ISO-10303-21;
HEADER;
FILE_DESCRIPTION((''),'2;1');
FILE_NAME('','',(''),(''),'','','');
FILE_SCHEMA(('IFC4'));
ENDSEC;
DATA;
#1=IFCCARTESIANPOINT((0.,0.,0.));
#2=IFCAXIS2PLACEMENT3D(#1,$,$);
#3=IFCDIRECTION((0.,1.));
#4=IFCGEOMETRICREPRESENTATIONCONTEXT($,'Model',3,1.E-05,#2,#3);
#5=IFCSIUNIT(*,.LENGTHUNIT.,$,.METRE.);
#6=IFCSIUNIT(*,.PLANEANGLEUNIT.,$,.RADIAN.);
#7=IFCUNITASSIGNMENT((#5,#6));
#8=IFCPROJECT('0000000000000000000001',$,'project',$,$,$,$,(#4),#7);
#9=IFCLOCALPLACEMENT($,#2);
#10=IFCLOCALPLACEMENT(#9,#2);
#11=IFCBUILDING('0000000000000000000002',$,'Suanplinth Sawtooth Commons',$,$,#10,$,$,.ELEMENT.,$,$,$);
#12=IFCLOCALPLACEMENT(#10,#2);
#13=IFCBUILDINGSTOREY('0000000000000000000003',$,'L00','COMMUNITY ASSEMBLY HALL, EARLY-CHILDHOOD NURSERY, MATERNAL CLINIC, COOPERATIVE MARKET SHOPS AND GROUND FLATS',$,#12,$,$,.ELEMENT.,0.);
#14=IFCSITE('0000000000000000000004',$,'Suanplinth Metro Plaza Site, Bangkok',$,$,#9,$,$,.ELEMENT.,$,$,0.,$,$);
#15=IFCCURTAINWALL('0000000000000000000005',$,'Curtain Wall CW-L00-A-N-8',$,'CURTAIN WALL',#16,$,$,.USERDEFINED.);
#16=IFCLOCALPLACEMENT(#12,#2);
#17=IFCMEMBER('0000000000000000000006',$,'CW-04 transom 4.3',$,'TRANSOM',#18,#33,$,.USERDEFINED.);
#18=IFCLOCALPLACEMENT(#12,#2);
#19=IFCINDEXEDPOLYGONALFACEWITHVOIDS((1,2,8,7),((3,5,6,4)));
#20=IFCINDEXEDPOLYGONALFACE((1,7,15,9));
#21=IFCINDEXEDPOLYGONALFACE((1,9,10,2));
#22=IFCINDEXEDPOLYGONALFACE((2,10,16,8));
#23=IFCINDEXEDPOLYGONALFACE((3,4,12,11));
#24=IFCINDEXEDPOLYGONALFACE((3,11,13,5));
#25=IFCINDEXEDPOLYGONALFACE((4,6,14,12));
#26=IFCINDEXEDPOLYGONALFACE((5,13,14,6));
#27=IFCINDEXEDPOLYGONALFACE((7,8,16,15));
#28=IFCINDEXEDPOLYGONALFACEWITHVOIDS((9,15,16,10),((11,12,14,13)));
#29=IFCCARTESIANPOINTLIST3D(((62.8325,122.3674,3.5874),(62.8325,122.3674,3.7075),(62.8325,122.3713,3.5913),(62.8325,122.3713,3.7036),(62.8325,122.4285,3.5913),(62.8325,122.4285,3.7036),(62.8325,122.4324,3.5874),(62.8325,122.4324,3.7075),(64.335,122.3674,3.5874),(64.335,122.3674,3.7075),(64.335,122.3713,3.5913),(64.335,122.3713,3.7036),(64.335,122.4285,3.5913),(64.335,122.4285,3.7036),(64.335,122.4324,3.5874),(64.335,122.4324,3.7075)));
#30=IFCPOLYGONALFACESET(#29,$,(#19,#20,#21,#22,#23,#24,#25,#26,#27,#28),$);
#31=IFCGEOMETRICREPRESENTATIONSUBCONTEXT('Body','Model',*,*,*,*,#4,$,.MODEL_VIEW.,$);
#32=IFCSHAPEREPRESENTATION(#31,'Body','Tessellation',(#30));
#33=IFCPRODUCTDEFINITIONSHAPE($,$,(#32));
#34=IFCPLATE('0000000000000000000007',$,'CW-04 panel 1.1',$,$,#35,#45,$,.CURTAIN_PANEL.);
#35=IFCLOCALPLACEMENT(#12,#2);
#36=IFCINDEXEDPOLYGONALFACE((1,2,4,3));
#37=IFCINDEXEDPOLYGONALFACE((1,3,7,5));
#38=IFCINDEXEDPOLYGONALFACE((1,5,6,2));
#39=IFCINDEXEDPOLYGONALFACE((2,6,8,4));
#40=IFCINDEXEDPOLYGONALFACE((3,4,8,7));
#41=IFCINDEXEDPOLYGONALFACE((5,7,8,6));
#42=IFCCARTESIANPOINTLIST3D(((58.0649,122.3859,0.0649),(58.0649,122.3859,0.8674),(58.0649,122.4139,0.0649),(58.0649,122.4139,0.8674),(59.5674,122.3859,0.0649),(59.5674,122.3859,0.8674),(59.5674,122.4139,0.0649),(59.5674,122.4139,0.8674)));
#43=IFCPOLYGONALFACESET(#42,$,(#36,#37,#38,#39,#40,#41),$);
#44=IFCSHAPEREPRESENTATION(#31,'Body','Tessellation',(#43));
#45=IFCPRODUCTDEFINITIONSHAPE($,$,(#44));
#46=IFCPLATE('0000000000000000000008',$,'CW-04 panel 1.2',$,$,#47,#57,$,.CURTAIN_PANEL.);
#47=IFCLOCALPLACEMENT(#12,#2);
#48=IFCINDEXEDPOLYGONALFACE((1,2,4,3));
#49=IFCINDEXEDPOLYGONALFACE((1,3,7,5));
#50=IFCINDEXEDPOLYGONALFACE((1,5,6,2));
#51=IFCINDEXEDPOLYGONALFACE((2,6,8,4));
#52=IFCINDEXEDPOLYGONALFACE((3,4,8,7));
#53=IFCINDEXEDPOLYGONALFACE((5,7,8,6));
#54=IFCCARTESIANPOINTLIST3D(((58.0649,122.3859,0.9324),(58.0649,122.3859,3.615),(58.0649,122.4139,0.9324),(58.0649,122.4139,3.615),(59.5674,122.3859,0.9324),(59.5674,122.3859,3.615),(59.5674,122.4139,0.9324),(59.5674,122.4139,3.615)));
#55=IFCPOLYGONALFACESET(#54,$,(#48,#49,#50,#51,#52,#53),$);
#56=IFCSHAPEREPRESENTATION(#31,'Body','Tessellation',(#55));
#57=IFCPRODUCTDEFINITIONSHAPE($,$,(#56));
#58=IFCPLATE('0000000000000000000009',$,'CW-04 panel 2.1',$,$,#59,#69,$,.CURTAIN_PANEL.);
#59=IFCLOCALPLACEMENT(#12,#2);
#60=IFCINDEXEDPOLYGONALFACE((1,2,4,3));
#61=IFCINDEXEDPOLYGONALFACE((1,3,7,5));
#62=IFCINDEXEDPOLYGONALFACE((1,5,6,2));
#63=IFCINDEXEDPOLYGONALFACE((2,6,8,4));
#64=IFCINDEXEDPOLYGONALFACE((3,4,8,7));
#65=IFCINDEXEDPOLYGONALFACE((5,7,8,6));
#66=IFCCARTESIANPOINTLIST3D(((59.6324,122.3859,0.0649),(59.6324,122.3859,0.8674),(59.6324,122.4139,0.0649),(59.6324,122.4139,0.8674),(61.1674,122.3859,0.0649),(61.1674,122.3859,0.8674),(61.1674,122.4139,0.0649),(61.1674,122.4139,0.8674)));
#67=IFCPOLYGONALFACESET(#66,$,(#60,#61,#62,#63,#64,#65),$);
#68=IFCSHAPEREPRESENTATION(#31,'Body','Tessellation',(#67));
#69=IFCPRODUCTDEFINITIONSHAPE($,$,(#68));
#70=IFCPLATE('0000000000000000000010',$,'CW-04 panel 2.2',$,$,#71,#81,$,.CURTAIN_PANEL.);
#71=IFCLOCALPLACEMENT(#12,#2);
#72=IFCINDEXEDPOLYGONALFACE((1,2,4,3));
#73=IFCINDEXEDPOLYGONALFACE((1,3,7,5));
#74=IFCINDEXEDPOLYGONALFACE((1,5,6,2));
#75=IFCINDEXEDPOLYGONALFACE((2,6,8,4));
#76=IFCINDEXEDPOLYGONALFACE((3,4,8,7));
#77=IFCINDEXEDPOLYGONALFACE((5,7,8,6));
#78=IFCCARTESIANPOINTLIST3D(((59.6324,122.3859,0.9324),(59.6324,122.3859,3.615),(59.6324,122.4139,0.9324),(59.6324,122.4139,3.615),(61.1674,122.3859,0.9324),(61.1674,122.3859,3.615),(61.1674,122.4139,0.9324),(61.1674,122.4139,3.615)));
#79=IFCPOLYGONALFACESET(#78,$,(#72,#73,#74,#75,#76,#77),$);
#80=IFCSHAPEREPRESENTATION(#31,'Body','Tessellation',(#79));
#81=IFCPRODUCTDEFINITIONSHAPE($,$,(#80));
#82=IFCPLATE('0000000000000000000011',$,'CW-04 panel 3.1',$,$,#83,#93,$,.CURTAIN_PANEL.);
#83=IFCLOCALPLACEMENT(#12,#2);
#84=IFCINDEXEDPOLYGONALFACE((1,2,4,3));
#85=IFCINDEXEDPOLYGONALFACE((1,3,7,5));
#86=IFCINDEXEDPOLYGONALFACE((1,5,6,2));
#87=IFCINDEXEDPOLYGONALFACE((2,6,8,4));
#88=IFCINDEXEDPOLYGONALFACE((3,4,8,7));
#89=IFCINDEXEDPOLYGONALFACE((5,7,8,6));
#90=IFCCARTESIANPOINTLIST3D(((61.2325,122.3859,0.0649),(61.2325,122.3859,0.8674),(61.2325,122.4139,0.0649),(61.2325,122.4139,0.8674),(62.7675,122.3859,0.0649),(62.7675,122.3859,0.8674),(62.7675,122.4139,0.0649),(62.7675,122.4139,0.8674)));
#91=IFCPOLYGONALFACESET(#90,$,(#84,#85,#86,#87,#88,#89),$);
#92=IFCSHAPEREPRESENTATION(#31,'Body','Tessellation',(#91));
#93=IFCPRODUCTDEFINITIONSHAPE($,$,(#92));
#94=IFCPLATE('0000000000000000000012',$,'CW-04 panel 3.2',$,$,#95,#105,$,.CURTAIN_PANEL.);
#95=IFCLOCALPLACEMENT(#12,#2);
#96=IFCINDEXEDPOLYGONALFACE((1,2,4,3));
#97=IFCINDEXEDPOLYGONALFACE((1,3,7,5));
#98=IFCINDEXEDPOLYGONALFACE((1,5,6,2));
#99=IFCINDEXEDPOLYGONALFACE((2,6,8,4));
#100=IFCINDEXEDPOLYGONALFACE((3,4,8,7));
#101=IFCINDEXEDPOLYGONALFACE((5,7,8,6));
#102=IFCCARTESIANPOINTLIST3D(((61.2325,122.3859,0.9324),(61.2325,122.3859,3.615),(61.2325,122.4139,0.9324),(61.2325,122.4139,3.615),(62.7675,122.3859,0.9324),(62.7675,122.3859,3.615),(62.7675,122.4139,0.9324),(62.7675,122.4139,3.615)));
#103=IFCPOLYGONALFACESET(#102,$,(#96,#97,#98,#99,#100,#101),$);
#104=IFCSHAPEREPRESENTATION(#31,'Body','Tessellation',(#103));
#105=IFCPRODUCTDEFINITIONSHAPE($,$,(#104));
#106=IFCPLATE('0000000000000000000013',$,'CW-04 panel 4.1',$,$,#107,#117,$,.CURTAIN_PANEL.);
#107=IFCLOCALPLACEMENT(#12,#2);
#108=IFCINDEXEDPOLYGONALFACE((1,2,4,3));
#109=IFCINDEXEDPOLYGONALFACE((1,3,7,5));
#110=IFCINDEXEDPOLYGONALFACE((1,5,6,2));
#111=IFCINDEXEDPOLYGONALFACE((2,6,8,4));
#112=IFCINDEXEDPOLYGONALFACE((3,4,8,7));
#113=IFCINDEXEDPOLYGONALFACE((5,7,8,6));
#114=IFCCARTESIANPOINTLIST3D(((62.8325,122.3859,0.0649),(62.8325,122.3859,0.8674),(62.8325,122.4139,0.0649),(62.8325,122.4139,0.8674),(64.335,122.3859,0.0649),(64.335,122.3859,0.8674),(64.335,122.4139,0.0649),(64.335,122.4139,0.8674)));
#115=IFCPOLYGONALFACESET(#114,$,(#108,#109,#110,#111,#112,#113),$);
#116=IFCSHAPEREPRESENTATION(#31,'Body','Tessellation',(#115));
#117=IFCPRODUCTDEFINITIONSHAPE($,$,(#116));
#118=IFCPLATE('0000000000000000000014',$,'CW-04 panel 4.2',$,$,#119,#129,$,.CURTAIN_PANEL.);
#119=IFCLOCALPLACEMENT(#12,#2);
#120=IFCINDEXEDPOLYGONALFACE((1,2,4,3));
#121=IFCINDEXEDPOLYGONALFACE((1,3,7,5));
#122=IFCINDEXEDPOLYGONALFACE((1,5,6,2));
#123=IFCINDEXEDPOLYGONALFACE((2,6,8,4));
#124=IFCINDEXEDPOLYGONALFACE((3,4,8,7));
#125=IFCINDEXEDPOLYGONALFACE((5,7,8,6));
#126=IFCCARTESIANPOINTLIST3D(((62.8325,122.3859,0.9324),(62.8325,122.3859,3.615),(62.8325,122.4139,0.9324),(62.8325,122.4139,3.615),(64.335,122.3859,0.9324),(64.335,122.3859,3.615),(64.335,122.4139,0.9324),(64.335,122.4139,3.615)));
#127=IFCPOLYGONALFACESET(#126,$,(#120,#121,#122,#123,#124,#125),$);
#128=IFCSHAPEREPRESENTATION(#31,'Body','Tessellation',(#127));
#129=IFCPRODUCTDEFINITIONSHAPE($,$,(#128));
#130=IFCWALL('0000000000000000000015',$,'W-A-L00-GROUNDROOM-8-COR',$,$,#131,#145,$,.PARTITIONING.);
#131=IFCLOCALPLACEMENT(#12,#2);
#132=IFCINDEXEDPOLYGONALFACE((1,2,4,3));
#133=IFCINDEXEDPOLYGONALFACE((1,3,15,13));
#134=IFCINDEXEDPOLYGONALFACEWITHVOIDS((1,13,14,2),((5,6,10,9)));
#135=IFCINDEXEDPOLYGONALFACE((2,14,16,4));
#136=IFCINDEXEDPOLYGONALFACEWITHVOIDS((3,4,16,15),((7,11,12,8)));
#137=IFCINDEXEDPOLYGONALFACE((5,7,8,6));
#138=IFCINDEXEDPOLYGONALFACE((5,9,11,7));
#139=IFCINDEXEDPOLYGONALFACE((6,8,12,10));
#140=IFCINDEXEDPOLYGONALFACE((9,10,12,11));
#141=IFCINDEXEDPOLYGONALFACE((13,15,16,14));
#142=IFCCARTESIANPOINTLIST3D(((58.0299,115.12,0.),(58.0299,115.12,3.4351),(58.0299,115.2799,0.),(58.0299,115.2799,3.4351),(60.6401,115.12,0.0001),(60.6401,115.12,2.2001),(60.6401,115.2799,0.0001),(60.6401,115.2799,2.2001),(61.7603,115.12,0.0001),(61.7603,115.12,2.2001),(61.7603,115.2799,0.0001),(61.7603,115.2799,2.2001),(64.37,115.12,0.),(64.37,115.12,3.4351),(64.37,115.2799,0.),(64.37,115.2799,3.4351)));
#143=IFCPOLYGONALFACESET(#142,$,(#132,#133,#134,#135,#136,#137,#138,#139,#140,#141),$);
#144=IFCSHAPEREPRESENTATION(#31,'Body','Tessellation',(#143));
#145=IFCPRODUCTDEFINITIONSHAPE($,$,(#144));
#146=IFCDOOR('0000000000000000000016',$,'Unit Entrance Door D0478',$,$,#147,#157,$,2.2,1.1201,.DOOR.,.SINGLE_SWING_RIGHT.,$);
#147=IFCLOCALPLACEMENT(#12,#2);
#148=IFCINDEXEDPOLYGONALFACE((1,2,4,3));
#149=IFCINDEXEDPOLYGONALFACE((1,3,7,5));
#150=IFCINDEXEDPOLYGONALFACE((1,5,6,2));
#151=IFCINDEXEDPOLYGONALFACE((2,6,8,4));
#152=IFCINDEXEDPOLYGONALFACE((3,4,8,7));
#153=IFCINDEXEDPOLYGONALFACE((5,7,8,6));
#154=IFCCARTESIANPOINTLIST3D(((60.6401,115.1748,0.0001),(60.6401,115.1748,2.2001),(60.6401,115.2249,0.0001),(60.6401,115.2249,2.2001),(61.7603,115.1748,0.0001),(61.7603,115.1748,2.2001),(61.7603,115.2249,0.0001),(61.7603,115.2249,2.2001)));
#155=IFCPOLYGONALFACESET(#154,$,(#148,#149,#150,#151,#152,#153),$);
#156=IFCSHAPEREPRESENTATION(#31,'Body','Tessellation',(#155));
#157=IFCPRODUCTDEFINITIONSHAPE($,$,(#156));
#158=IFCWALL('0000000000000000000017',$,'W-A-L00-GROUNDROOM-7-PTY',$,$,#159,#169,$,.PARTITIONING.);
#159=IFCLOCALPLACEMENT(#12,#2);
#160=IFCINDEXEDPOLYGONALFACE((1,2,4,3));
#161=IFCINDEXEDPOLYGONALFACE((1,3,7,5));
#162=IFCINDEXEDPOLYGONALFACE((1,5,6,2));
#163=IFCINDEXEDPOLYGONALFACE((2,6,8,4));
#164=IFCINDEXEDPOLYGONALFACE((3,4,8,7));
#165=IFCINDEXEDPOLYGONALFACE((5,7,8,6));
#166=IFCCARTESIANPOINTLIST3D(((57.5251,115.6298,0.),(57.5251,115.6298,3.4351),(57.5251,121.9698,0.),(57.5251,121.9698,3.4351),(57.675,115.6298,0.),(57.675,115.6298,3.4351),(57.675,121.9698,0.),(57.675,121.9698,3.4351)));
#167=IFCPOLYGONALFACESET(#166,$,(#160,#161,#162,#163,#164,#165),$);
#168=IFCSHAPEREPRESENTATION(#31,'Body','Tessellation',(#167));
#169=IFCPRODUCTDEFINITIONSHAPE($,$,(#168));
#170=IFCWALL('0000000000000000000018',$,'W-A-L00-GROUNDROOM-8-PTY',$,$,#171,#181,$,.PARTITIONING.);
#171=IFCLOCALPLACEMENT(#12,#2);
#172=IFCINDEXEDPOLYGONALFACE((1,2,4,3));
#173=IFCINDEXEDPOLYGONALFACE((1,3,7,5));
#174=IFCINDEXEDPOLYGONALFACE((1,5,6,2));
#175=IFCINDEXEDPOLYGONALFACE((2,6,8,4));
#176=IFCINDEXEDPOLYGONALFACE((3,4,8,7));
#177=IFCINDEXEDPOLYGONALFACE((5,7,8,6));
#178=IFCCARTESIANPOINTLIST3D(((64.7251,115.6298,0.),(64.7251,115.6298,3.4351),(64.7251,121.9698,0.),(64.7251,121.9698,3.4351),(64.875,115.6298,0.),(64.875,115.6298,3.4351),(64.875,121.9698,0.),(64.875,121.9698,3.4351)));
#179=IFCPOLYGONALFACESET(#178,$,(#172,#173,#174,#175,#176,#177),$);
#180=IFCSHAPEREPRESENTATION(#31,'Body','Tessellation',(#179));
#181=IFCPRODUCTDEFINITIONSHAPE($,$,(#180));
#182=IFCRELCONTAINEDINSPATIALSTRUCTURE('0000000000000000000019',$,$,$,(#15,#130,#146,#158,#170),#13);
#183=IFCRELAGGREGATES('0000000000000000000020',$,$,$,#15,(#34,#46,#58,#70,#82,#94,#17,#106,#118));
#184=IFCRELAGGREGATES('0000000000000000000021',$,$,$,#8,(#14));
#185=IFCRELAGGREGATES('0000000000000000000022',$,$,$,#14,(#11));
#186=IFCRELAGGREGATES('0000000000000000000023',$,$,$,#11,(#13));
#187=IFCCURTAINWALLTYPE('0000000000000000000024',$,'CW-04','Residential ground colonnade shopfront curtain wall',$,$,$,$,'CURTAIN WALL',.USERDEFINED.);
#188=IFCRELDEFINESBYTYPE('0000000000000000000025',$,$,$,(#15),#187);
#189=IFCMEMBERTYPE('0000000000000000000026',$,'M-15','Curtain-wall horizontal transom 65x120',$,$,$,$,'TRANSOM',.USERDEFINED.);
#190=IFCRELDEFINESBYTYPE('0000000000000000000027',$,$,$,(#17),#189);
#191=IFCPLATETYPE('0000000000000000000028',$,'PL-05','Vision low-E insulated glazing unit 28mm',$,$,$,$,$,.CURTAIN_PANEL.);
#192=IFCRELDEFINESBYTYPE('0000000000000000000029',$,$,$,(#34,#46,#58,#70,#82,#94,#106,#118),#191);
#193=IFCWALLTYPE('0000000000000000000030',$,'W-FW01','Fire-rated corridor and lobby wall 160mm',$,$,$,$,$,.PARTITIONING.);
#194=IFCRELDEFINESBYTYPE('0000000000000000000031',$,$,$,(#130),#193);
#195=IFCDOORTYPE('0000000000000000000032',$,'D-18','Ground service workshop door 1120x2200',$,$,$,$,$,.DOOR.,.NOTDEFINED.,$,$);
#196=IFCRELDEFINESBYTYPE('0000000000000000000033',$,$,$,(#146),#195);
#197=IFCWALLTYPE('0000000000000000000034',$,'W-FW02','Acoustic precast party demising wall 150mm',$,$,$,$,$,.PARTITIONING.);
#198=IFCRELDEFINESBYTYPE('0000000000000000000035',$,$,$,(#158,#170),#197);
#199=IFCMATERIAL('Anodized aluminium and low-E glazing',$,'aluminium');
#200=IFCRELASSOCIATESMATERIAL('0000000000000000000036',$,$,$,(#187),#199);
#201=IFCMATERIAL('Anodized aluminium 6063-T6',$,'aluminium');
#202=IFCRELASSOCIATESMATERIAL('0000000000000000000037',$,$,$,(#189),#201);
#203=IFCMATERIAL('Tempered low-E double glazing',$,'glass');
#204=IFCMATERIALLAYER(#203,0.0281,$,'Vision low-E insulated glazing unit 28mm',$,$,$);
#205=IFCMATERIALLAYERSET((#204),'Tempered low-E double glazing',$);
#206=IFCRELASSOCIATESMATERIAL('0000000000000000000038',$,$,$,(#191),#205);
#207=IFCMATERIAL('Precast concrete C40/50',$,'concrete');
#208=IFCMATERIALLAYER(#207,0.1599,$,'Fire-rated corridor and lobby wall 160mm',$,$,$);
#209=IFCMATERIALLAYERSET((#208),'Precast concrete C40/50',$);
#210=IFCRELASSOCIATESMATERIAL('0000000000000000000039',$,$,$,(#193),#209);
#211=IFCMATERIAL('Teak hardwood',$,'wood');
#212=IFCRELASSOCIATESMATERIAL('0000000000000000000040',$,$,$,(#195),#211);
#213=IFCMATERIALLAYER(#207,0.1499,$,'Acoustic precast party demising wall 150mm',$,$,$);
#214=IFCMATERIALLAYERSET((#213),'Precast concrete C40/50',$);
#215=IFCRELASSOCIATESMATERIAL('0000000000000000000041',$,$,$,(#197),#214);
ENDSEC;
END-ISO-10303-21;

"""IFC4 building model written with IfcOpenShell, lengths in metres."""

from ifc_helpers import new_model, si_unit, direction, frame, frame_2d, origin, origin_2d, place, context, subcontext, project, spatial, rectangle, hollow_rectangle, extrude, material, layer, layer_set, material_profile, profile_set, type_object, element, fill, aggregate, save


model = new_model("IFC4")

# Units and contexts
model_context = context("Model", 3, precision=1e-05, world=origin(), true_north=direction((0.0, 1.0)))
body_context = subcontext(model_context, "Body", "Model", "MODEL_VIEW")
ifc_project = project(units=[si_unit("LENGTHUNIT", "METRE"), si_unit("PLANEANGLEUNIT", "RADIAN")], contexts=[model_context])

# Site, building, storey
site_placement = place(None, origin())
site = spatial("IfcSite", under=ifc_project, at=site_placement, Name="Suanplinth Metro Plaza Site, Bangkok", CompositionType="ELEMENT", RefElevation=0.0)
building_placement = place(site_placement, origin())
building = spatial("IfcBuilding", under=site, at=building_placement, Name="Suanplinth Sawtooth Commons", CompositionType="ELEMENT")
storey_placement = place(building_placement, origin())
storey = spatial("IfcBuildingStorey", under=building, at=storey_placement, Name="L00", Description="COMMUNITY ASSEMBLY HALL, EARLY-CHILDHOOD NURSERY, MATERNAL CLINIC, COOPERATIVE MARKET SHOPS AND GROUND FLATS", CompositionType="ELEMENT", Elevation=0.0)

# Shared definitions
ifc_material_1 = material(Name="Precast concrete C40/50", Category="concrete")

# Curtain wall, member, plates
ifc_material_2 = material(Name="Anodized aluminium and low-E glazing", Category="aluminium")
curtain_wall_type = type_object("IfcCurtainWallType", Name="CW-04", Description="Residential ground colonnade shopfront curtain wall", ElementType="CURTAIN WALL", PredefinedType="USERDEFINED", material=ifc_material_2)
curtain_wall_placement = place(storey_placement, origin())
curtain_wall = element("IfcCurtainWall", 1, at=curtain_wall_placement, inside=storey, type_object=curtain_wall_type, Name="Curtain Wall CW-L00-A-N-8", ObjectType="CURTAIN WALL", PredefinedType="USERDEFINED")
ifc_material_3 = material(Name="Anodized aluminium 6063-T6", Category="aluminium")
ifc_material_profile_1 = material_profile(ifc_material_3, hollow_rectangle(XDim=0.0649, YDim=0.1201, WallThickness=0.0039, at=origin_2d()), Name="ALU-TRN 65x120")
ifc_profile_set_1 = profile_set([ifc_material_profile_1], Name="Anodized aluminium 6063-T6")
member_type_1 = type_object("IfcMemberType", Name="M-15", Description="Curtain-wall horizontal transom 65x120", ElementType="TRANSOM", PredefinedType="USERDEFINED", material=ifc_profile_set_1)
member_1_placement = place(storey_placement, frame((62.8325, 122.3999, 3.6475), z_axis=(1.0, 0.0, 0.0), x_axis=(0.0, 1.0, 0.0)))
member_1 = element("IfcMember", 2, at=member_1_placement, type_object=member_type_1, Name="CW-04 transom 4.3", ObjectType="TRANSOM", PredefinedType="USERDEFINED", context=body_context, shape_type="SweptSolid", body=[
    extrude(hollow_rectangle(XDim=0.0649, YDim=0.1201, WallThickness=0.0039, at=origin_2d()), origin(), (0.0, 0.0, 1.0), 1.5024),
])
ifc_material_4 = material(Name="Tempered low-E double glazing", Category="glass")
ifc_layer_1 = layer(ifc_material_4, 0.0281, Name="Vision low-E insulated glazing unit 28mm")
ifc_layer_set_1 = layer_set([ifc_layer_1], Name="Tempered low-E double glazing")
plate_type = type_object("IfcPlateType", Name="PL-05", Description="Vision low-E insulated glazing unit 28mm", PredefinedType="CURTAIN_PANEL", material=ifc_layer_set_1)
plate_1_placement = place(storey_placement, frame((58.8162, 122.3999, 0.0649), z_axis=(0.0, 0.0, 1.0), x_axis=(1.0, 0.0, 0.0)))
plate_1 = element("IfcPlate", 3, at=plate_1_placement, type_object=plate_type, Name="CW-04 panel 1.1", PredefinedType="CURTAIN_PANEL", context=body_context, shape_type="SweptSolid", body=[
    extrude(rectangle(XDim=1.5024, YDim=0.0281, at=origin_2d()), origin(), (0.0, 0.0, 1.0), 0.8025),
])
plate_2_placement = place(storey_placement, frame((58.8162, 122.3999, 0.9324), z_axis=(0.0, 0.0, 1.0), x_axis=(1.0, 0.0, 0.0)))
plate_2 = element("IfcPlate", 4, at=plate_2_placement, type_object=plate_type, Name="CW-04 panel 1.2", PredefinedType="CURTAIN_PANEL", context=body_context, shape_type="SweptSolid", body=[
    extrude(rectangle(XDim=1.5024, YDim=0.0281, at=origin_2d()), origin(), (0.0, 0.0, 1.0), 2.6826),
])
plate_3_placement = place(storey_placement, frame((60.3999, 122.3999, 0.0649), z_axis=(0.0, 0.0, 1.0), x_axis=(1.0, 0.0, 0.0)))
plate_3 = element("IfcPlate", 5, at=plate_3_placement, type_object=plate_type, Name="CW-04 panel 2.1", PredefinedType="CURTAIN_PANEL", context=body_context, shape_type="SweptSolid", body=[
    extrude(rectangle(XDim=1.5349, YDim=0.0281, at=origin_2d()), origin(), (0.0, 0.0, 1.0), 0.8025),
])
plate_4_placement = place(storey_placement, frame((60.3999, 122.3999, 0.9324), z_axis=(0.0, 0.0, 1.0), x_axis=(1.0, 0.0, 0.0)))
plate_4 = element("IfcPlate", 6, at=plate_4_placement, type_object=plate_type, Name="CW-04 panel 2.2", PredefinedType="CURTAIN_PANEL", context=body_context, shape_type="SweptSolid", body=[
    extrude(rectangle(XDim=1.5349, YDim=0.0281, at=origin_2d()), origin(), (0.0, 0.0, 1.0), 2.6826),
])
plate_5_placement = place(storey_placement, frame((62.0, 122.3999, 0.0649), z_axis=(0.0, 0.0, 1.0), x_axis=(1.0, 0.0, 0.0)))
plate_5 = element("IfcPlate", 7, at=plate_5_placement, type_object=plate_type, Name="CW-04 panel 3.1", PredefinedType="CURTAIN_PANEL", context=body_context, shape_type="SweptSolid", body=[
    extrude(rectangle(XDim=1.5349, YDim=0.0281, at=origin_2d()), origin(), (0.0, 0.0, 1.0), 0.8025),
])
plate_6_placement = place(storey_placement, frame((62.0, 122.3999, 0.9324), z_axis=(0.0, 0.0, 1.0), x_axis=(1.0, 0.0, 0.0)))
plate_6 = element("IfcPlate", 8, at=plate_6_placement, type_object=plate_type, Name="CW-04 panel 3.2", PredefinedType="CURTAIN_PANEL", context=body_context, shape_type="SweptSolid", body=[
    extrude(rectangle(XDim=1.5349, YDim=0.0281, at=origin_2d()), origin(), (0.0, 0.0, 1.0), 2.6826),
])
plate_7_placement = place(storey_placement, frame((63.5837, 122.3999, 0.0649), z_axis=(0.0, 0.0, 1.0), x_axis=(1.0, 0.0, 0.0)))
plate_7 = element("IfcPlate", 9, at=plate_7_placement, type_object=plate_type, Name="CW-04 panel 4.1", PredefinedType="CURTAIN_PANEL", context=body_context, shape_type="SweptSolid", body=[
    extrude(rectangle(XDim=1.5024, YDim=0.0281, at=origin_2d()), origin(), (0.0, 0.0, 1.0), 0.8025),
])
plate_8_placement = place(storey_placement, frame((63.5837, 122.3999, 0.9324), z_axis=(0.0, 0.0, 1.0), x_axis=(1.0, 0.0, 0.0)))
plate_8 = element("IfcPlate", 10, at=plate_8_placement, type_object=plate_type, Name="CW-04 panel 4.2", PredefinedType="CURTAIN_PANEL", context=body_context, shape_type="SweptSolid", body=[
    extrude(rectangle(XDim=1.5024, YDim=0.0281, at=origin_2d()), origin(), (0.0, 0.0, 1.0), 2.6826),
])
aggregate(curtain_wall, [plate_1, plate_2, plate_3, plate_4, plate_5, plate_6, member_1, plate_7, plate_8])

# Wall, opening, door
ifc_layer_2 = layer(ifc_material_1, 0.1599, Name="Fire-rated corridor and lobby wall 160mm")
ifc_layer_set_2 = layer_set([ifc_layer_2], Name="Precast concrete C40/50")
wall_type_1 = type_object("IfcWallType", Name="W-FW01", Description="Fire-rated corridor and lobby wall 160mm", PredefinedType="PARTITIONING", material=ifc_layer_set_2)
wall_placement = place(storey_placement, frame((58.03, 115.2, 0.0), z_axis=(0.0, 0.0, 1.0), x_axis=(1.0, 0.0, 0.0)))
wall = element("IfcWall", 11, at=wall_placement, inside=storey, type_object=wall_type_1, Name="W-A-L00-GROUNDROOM-8-COR", PredefinedType="PARTITIONING", context=body_context, shape_type="SweptSolid", body=[
    extrude(rectangle(XDim=6.3401, YDim=0.1599, at=frame_2d((3.1699, 0.0))), origin(), (0.0, 0.0, 1.0), 3.4351),
])
opening_placement = place(wall_placement, frame((2.6101, 0.0, 0.0)))
opening = element("IfcOpeningElement", 12, at=opening_placement, cuts=wall, PredefinedType="OPENING", context=body_context, shape_type="SweptSolid", body=[
    extrude(rectangle(XDim=1.1201, YDim=2.2, at=frame_2d((0.5601, 1.1001))), frame((0.0, 0.0947, 0.0), z_axis=(0.0, -1.0, 0.0), x_axis=(1.0, 0.0, 0.0)), (0.0, 0.0, 1.0), 0.1897),
])
ifc_material_5 = material(Name="Teak hardwood", Category="wood")
door_type = type_object("IfcDoorType", Name="D-18", Description="Ground service workshop door 1120x2200", OperationType="NOTDEFINED", PredefinedType="DOOR", material=ifc_material_5)
door_placement = place(opening_placement, origin())
door = element("IfcDoor", 13, at=door_placement, inside=storey, type_object=door_type, Name="Unit Entrance Door D0478", OperationType="SINGLE_SWING_RIGHT", OverallHeight=2.2, OverallWidth=1.1201, PredefinedType="DOOR", context=body_context, shape_type="SweptSolid", body=[
    extrude(rectangle(XDim=1.1201, YDim=2.2, at=frame_2d((0.5601, 1.1001))), frame((0.0, 0.0249, 0.0), z_axis=(0.0, -1.0, 0.0), x_axis=(1.0, 0.0, 0.0)), (0.0, 0.0, 1.0), 0.05),
])
fill(opening, door)

# Walls
ifc_layer_3 = layer(ifc_material_1, 0.1499, Name="Acoustic precast party demising wall 150mm")
ifc_layer_set_3 = layer_set([ifc_layer_3], Name="Precast concrete C40/50")
wall_type_2 = type_object("IfcWallType", Name="W-FW02", Description="Acoustic precast party demising wall 150mm", PredefinedType="PARTITIONING", material=ifc_layer_set_3)
for number, where, z_axis, x_axis, name in (
    (14, (57.6001, 115.6299, 0.0), (0.0, 0.0, 1.0), (0.0, 1.0, 0.0), "W-A-L00-GROUNDROOM-7-PTY"),
    (15, (64.8, 115.6299, 0.0), (0.0, 0.0, 1.0), (0.0, 1.0, 0.0), "W-A-L00-GROUNDROOM-8-PTY"),
):
    element("IfcWall", number, at=place(storey_placement, frame(where, z_axis=z_axis, x_axis=x_axis)), inside=storey, type_object=wall_type_2, Name=name, PredefinedType="PARTITIONING", context=body_context, shape_type="SweptSolid", body=[
        extrude(rectangle(XDim=6.3401, YDim=0.1499, at=frame_2d((3.1699, 0.0))), origin(), (0.0, 0.0, 1.0), 3.4351),
    ])

save(model, "model.ifc")
